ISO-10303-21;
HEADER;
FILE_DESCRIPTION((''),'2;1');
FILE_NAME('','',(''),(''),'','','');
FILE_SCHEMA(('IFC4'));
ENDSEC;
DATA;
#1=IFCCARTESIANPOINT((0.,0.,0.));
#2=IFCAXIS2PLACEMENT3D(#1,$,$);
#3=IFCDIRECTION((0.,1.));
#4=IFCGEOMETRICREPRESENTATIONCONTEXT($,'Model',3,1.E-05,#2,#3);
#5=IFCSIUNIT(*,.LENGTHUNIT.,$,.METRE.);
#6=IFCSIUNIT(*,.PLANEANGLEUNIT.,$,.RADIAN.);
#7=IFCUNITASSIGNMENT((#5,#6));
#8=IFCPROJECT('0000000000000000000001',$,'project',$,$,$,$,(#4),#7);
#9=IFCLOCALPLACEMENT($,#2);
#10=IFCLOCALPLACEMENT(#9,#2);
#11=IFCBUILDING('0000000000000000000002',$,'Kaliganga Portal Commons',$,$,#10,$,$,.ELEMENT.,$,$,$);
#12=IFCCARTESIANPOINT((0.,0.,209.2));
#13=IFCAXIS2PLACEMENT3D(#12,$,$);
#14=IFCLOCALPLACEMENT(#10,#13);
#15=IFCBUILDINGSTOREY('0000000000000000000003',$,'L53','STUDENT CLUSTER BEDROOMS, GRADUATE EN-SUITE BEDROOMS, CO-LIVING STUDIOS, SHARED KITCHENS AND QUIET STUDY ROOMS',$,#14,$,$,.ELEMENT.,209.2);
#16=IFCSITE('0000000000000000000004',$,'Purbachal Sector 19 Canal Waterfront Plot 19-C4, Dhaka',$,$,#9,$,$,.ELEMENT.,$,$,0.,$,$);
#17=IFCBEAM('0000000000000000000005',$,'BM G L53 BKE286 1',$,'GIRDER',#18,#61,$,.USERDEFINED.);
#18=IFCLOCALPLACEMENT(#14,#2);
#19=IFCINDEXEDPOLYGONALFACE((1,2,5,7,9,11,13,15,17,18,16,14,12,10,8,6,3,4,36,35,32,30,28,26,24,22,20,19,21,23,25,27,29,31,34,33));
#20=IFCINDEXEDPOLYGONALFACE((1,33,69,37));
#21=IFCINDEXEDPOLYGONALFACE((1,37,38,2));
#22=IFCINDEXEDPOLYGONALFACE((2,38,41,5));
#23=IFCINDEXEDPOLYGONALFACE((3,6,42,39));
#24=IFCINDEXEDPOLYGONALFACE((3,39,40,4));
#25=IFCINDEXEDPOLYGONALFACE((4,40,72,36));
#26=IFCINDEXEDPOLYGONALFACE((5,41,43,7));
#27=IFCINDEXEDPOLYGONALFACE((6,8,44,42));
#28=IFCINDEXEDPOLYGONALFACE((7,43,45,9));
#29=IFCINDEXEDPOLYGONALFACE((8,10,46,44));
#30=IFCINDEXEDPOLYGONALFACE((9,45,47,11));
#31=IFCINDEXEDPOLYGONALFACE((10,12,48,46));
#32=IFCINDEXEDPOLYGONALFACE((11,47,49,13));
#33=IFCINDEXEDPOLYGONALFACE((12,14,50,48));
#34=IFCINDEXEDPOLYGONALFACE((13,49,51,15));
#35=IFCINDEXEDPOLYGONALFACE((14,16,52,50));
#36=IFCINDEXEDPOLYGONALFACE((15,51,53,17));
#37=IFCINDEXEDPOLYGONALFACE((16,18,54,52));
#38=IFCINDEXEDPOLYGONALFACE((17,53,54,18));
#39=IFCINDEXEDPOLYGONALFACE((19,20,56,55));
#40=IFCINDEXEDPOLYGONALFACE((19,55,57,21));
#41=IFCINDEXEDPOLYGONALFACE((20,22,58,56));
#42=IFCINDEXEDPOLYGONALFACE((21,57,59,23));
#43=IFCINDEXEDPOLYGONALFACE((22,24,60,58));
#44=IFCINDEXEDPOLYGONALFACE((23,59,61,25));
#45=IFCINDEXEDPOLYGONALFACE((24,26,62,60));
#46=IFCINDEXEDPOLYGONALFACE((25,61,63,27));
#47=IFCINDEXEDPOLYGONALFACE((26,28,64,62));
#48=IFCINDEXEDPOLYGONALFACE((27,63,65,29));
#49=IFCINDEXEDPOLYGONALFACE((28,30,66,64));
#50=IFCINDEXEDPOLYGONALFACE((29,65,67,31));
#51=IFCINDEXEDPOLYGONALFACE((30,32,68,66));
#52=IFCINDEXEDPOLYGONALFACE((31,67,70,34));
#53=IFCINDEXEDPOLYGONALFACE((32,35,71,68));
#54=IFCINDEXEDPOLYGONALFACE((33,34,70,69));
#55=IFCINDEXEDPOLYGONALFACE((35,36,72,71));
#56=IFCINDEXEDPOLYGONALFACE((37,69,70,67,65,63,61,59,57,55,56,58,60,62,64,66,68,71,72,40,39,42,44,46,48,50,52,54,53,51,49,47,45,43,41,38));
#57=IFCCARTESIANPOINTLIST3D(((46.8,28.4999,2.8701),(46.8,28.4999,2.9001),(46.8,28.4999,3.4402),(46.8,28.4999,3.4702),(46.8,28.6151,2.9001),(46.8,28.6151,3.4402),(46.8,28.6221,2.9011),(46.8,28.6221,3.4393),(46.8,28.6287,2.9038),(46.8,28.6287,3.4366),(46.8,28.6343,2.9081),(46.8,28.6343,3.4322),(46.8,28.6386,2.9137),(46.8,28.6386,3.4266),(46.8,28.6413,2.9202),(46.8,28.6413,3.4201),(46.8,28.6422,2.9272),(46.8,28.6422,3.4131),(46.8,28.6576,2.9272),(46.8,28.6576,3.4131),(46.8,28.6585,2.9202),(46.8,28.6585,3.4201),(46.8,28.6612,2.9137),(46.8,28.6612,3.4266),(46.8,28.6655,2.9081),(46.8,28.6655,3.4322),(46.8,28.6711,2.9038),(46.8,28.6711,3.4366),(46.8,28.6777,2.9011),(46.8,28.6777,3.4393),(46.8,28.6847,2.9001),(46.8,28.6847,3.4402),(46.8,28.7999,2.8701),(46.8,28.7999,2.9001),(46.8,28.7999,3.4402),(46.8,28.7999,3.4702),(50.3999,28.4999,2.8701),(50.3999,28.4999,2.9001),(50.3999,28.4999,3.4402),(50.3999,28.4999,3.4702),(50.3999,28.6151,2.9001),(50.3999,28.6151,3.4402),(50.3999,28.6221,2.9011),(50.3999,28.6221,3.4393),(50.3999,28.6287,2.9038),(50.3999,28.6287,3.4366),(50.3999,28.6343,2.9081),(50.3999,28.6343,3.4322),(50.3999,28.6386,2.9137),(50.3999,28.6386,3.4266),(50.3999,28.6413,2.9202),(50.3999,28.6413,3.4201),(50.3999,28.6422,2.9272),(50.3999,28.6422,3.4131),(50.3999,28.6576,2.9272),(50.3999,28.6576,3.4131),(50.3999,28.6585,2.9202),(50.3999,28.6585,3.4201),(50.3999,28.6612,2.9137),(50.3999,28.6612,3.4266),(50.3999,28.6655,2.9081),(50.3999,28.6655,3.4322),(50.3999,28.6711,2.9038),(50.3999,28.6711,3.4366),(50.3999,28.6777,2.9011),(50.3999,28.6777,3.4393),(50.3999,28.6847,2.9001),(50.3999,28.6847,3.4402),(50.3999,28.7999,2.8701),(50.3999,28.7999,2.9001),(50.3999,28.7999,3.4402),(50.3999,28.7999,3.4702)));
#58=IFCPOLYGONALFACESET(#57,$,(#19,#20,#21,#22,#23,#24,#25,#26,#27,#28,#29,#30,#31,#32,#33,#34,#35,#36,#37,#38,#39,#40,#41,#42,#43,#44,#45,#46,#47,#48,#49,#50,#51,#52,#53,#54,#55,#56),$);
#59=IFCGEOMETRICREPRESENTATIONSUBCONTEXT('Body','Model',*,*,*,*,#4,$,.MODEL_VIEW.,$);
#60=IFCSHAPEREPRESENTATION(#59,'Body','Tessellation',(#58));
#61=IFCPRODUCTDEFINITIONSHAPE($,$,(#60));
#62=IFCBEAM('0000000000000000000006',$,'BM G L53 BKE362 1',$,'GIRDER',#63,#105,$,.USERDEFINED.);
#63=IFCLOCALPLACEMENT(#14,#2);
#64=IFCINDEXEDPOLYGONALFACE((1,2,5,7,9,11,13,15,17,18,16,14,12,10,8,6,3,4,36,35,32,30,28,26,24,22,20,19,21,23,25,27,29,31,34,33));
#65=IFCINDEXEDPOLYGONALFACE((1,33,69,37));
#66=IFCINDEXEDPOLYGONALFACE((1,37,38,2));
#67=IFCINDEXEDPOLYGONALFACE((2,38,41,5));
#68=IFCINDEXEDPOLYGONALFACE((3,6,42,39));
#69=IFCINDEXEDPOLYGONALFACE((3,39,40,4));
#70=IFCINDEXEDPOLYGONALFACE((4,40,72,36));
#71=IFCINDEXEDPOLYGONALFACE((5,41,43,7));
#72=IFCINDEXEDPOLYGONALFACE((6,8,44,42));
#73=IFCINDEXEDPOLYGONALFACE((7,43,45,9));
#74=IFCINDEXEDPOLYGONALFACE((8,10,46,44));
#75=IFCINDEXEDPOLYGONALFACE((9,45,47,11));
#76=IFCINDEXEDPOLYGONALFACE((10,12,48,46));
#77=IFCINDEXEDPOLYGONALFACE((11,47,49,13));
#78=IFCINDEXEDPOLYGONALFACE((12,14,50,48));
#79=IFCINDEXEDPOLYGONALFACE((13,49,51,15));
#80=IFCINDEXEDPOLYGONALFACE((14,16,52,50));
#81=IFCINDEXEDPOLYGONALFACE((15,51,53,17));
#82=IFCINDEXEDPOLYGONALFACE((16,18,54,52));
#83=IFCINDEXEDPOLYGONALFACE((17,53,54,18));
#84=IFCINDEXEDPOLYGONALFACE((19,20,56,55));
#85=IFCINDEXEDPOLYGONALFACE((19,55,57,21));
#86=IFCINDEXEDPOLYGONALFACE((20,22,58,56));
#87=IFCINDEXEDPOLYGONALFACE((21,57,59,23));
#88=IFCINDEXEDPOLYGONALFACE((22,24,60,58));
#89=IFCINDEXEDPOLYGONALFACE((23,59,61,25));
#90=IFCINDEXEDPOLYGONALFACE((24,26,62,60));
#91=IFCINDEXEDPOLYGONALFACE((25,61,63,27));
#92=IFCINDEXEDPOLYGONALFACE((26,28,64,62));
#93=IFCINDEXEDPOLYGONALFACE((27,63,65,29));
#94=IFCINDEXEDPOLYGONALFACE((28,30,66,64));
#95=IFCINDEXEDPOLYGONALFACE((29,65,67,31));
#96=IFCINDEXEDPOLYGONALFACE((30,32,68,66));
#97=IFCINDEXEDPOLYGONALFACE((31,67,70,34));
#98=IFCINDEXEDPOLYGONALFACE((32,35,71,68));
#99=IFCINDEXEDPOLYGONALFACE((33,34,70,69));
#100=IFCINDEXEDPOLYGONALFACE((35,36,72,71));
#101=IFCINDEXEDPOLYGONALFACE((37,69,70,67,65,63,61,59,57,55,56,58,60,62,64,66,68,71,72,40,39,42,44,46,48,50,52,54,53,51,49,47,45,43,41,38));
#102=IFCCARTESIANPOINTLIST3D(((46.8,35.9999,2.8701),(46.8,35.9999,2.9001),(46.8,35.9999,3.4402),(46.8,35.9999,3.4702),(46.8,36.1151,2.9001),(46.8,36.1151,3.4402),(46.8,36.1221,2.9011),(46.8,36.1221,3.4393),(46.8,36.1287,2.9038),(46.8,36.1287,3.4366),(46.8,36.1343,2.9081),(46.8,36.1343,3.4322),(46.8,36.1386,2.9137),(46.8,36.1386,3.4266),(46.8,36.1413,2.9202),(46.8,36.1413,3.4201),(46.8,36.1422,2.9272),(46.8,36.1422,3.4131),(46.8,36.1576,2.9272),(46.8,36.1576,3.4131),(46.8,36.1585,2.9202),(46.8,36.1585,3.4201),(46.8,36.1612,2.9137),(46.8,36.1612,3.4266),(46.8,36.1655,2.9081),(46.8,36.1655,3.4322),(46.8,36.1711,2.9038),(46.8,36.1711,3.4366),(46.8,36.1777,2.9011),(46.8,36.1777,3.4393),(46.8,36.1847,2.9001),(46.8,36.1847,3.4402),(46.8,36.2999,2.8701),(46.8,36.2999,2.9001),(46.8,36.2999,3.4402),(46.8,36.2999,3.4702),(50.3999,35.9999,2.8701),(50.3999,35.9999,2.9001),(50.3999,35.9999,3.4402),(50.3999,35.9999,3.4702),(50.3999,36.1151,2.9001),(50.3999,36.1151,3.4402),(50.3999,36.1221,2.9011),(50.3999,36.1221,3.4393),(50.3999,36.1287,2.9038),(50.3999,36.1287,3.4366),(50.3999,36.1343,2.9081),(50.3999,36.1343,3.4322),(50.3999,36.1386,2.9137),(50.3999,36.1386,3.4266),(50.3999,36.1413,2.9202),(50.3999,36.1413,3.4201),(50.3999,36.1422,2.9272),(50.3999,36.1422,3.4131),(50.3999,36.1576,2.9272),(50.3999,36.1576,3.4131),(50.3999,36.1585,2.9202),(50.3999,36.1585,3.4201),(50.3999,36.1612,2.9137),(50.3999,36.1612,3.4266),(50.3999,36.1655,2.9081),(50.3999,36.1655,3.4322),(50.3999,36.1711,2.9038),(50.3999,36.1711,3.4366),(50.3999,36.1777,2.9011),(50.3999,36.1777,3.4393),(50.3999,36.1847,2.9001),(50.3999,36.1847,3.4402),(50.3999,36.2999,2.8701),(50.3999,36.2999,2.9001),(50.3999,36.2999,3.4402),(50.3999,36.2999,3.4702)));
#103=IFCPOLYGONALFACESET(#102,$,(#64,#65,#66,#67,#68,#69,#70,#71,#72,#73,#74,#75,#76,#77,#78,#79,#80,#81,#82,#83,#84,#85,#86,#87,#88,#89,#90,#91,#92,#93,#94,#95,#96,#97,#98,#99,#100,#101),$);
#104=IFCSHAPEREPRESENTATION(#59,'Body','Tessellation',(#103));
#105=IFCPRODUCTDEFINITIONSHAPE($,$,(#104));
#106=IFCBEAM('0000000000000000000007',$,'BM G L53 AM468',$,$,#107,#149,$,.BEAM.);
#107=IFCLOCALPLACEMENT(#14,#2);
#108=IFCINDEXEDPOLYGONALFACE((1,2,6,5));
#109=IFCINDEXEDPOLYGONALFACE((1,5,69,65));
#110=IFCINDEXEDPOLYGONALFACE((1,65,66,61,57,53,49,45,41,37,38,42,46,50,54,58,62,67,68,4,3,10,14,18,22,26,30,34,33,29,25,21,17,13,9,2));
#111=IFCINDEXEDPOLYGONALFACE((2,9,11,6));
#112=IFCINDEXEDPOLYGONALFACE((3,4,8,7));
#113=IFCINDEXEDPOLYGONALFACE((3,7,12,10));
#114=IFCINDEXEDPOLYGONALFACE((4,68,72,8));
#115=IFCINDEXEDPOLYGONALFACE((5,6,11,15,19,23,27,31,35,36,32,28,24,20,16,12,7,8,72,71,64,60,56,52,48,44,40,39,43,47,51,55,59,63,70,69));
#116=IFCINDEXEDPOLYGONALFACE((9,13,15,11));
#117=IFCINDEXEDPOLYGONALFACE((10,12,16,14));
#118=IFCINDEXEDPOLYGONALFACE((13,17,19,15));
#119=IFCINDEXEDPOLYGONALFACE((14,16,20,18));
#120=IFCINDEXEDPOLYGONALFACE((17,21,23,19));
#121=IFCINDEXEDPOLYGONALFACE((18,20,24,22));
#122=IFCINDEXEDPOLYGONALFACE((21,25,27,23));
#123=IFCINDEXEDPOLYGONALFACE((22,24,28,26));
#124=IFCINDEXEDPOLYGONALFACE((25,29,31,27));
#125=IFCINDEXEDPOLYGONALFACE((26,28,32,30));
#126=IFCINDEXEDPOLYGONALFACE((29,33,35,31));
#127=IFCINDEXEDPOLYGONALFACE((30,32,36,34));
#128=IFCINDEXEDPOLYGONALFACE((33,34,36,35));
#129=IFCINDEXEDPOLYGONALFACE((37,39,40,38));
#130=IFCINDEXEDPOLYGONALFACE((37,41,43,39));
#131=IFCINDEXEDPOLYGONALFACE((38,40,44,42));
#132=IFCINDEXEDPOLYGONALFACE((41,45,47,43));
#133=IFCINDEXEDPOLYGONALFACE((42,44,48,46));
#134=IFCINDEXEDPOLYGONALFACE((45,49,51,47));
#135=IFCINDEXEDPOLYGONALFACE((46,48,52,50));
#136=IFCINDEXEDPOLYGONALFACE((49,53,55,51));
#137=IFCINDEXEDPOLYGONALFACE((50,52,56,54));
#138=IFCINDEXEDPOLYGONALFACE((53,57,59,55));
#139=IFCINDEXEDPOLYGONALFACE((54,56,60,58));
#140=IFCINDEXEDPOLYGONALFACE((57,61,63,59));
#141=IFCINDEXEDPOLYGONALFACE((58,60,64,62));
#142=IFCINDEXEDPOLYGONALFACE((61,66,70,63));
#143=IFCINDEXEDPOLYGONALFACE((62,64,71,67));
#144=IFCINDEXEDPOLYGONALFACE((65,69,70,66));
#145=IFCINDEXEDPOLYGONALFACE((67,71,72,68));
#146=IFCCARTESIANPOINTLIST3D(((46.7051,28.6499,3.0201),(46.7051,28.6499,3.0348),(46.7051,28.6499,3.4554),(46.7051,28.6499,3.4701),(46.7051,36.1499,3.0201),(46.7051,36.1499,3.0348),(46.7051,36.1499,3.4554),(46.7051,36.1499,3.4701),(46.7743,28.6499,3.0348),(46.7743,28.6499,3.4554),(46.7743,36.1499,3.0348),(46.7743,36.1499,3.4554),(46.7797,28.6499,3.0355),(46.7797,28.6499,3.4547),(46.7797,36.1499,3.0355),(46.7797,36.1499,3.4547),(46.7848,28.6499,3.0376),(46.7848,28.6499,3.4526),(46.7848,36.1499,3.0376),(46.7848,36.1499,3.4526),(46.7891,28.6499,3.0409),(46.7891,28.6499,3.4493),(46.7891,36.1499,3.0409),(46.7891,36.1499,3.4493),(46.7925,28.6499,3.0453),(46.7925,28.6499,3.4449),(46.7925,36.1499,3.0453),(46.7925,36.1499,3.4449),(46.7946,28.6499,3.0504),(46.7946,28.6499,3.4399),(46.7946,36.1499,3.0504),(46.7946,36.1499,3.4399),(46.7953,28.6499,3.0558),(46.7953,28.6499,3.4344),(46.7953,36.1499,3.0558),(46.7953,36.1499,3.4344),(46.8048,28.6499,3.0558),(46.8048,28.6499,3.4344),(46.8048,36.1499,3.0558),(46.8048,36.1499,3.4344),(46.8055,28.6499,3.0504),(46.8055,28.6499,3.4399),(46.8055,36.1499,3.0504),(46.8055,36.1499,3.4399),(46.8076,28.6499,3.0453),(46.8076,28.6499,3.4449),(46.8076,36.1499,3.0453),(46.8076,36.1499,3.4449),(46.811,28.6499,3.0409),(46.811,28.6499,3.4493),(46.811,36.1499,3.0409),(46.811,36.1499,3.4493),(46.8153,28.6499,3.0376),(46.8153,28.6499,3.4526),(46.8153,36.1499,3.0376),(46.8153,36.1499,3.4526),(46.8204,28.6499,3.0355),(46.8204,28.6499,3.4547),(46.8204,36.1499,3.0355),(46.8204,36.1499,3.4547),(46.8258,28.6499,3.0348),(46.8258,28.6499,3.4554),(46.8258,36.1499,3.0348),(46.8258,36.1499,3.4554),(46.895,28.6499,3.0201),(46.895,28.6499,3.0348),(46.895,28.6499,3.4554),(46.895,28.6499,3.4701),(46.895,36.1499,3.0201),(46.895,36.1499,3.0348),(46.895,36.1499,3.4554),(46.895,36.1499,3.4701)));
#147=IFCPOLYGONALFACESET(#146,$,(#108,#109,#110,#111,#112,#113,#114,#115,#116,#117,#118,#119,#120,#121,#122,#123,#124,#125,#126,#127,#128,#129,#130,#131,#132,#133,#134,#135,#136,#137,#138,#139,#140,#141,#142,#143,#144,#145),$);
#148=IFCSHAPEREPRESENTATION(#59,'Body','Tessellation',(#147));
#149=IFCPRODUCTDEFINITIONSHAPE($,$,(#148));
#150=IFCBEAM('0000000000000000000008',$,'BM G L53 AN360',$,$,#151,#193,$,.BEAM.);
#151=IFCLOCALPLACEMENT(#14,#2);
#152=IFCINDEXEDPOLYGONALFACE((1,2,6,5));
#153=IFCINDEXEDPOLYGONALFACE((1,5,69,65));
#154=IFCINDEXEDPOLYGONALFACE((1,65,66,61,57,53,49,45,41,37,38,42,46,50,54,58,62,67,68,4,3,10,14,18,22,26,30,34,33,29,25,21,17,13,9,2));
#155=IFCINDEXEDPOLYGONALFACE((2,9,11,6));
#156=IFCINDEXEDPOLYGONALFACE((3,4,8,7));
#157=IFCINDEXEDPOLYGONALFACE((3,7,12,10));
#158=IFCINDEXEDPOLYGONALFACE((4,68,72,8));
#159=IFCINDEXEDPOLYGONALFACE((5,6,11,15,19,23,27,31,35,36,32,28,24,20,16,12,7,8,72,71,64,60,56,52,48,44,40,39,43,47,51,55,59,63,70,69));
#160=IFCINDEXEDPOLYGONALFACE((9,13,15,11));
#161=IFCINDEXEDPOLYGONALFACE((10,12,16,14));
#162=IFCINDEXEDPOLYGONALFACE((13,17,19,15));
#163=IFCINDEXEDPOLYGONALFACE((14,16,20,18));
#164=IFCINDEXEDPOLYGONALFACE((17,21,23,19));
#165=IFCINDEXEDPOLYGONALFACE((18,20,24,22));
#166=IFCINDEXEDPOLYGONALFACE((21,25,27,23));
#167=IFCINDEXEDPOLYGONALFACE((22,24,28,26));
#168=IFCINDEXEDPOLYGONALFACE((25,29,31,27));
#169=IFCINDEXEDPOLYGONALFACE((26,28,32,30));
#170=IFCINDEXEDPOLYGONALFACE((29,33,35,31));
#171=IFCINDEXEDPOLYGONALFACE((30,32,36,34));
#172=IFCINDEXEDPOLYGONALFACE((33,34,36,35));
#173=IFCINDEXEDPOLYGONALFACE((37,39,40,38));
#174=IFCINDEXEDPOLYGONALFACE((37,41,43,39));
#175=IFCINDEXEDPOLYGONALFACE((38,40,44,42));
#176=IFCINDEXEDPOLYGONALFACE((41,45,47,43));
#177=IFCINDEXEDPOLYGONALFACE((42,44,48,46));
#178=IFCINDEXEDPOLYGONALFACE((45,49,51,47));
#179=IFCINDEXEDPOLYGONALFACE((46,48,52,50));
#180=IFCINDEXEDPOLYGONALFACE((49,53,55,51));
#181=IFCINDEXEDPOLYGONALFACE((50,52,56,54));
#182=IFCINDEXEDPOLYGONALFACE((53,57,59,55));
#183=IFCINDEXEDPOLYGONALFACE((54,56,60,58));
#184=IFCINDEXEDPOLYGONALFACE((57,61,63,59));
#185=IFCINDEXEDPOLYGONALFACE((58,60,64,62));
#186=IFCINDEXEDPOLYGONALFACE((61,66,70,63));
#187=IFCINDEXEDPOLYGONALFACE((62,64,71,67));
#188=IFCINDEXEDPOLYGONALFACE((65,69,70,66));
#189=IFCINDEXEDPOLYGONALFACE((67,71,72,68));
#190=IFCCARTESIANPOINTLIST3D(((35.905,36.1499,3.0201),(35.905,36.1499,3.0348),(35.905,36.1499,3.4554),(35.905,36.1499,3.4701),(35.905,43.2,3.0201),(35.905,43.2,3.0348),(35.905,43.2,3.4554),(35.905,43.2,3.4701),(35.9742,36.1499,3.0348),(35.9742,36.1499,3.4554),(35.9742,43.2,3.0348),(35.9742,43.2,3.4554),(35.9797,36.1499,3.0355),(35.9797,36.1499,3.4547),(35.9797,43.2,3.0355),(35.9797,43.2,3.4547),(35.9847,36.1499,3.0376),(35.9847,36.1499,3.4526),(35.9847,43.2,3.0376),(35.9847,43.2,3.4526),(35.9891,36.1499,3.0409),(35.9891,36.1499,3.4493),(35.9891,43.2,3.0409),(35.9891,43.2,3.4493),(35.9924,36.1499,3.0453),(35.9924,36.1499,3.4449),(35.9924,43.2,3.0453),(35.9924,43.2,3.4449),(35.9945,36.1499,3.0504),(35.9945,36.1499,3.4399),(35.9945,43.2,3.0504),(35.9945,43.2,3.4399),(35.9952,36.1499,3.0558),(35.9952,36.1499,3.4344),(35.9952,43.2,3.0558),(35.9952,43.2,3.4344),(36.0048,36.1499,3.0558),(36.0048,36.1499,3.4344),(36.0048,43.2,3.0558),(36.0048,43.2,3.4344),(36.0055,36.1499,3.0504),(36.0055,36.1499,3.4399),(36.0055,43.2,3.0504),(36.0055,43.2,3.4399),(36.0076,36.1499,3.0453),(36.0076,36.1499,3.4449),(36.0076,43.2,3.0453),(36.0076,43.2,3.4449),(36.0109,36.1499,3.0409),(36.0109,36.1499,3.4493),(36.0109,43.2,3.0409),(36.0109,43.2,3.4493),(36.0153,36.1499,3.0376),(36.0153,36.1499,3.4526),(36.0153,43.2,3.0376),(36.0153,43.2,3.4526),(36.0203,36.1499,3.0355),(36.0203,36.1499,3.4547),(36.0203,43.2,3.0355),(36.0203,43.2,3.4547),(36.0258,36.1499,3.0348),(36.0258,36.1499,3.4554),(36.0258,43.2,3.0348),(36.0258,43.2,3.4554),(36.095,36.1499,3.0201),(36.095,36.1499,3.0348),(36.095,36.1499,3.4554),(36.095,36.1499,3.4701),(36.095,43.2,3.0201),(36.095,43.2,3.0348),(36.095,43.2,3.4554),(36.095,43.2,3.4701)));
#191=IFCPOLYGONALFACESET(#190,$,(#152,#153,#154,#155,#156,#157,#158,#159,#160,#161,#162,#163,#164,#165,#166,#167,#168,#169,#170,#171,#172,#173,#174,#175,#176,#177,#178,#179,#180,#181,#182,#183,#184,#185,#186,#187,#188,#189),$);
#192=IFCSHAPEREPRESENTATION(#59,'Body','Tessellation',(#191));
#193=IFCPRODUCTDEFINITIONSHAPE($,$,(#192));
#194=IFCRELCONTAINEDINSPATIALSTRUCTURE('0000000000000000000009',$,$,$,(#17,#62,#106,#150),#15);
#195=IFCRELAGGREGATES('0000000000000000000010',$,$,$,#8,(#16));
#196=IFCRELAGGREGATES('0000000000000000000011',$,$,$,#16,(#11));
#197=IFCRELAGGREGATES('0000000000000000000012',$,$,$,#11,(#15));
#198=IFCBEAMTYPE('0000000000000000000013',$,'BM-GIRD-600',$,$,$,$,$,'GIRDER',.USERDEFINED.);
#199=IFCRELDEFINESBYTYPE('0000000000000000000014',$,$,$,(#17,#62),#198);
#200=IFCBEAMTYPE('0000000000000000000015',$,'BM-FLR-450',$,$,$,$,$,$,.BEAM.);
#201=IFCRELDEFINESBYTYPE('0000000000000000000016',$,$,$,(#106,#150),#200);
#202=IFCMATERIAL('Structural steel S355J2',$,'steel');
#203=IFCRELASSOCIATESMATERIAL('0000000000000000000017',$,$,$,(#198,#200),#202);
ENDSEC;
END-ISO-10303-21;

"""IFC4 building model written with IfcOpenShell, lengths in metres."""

from ifc_helpers import new_model, si_unit, direction, frame, origin, origin_2d, place, context, subcontext, project, spatial, i_section, extrude, source, transform, mapped, material, material_profile, profile_set, type_object, element, save


model = new_model("IFC4")

# Units and contexts
model_context = context("Model", 3, precision=1e-05, world=origin(), true_north=direction((0.0, 1.0)))
body_context = subcontext(model_context, "Body", "Model", "MODEL_VIEW")
ifc_project = project(units=[si_unit("LENGTHUNIT", "METRE"), si_unit("PLANEANGLEUNIT", "RADIAN")], contexts=[model_context])

# Site, building, storey
site_placement = place(None, origin())
site = spatial("IfcSite", under=ifc_project, at=site_placement, Name="Purbachal Sector 19 Canal Waterfront Plot 19-C4, Dhaka", CompositionType="ELEMENT", RefElevation=0.0)
building_placement = place(site_placement, origin())
building = spatial("IfcBuilding", under=site, at=building_placement, Name="Kaliganga Portal Commons", CompositionType="ELEMENT")
storey_placement = place(building_placement, frame((0.0, 0.0, 209.2)))
storey = spatial("IfcBuildingStorey", under=building, at=storey_placement, Name="L53", Description="STUDENT CLUSTER BEDROOMS, GRADUATE EN-SUITE BEDROOMS, CO-LIVING STUDIOS, SHARED KITCHENS AND QUIET STUDY ROOMS", CompositionType="ELEMENT", Elevation=209.2)

# Beams
ifc_material_1 = material(Name="Structural steel S355J2", Category="steel")
ifc_material_profile_1 = material_profile(ifc_material_1, i_section(OverallWidth=0.3, OverallDepth=0.6001, WebThickness=0.0154, FlangeThickness=0.03, FilletRadius=0.0271, at=origin_2d()), Name="HE 600 B")
ifc_profile_set_1 = profile_set([ifc_material_profile_1], Name="Structural steel S355J2 wide-flange")
beam_type_1 = type_object("IfcBeamType", Name="BM-GIRD-600", ElementType="GIRDER", PredefinedType="USERDEFINED", material=ifc_profile_set_1)
shared_shape_1 = source(origin(), body_context, "Body", "SweptSolid", [
    extrude(i_section(OverallWidth=0.3, OverallDepth=0.6001, WebThickness=0.0154, FlangeThickness=0.03, FilletRadius=0.0271, at=origin_2d()), origin(), (0.0, 0.0, 1.0), 3.5999),
])
for number, where, z_axis, x_axis, name in (
    (1, (46.8, 28.6499, 3.1702), (1.0, 0.0, 0.0), (0.0, 1.0, 0.0), "BM G L53 BKE286 1"),
    (2, (46.8, 36.1499, 3.1702), (1.0, 0.0, 0.0), (0.0, 1.0, 0.0), "BM G L53 BKE362 1"),
):
    element("IfcBeam", number, at=place(storey_placement, frame(where, z_axis=z_axis, x_axis=x_axis)), inside=storey, type_object=beam_type_1, Name=name, ObjectType="GIRDER", PredefinedType="USERDEFINED", context=body_context, shape_type="MappedRepresentation", body=[
        mapped(shared_shape_1, transform((0.0, 0.0, 0.0), x_axis=(1.0, 0.0, 0.0), y_axis=(0.0, 1.0, 0.0), z_axis=(0.0, 0.0, 1.0), scale=1.0)),
    ])
ifc_material_profile_2 = material_profile(ifc_material_1, i_section(OverallWidth=0.1899, OverallDepth=0.45, WebThickness=0.0095, FlangeThickness=0.0146, FilletRadius=0.021, at=origin_2d()), Name="IPE 450")
ifc_profile_set_2 = profile_set([ifc_material_profile_2], Name="Structural steel S355J2 wide-flange")
beam_type_2 = type_object("IfcBeamType", Name="BM-FLR-450", PredefinedType="BEAM", material=ifc_profile_set_2)
shared_shape_2 = source(origin(), body_context, "Body", "SweptSolid", [
    extrude(i_section(OverallWidth=0.1899, OverallDepth=0.45, WebThickness=0.0095, FlangeThickness=0.0146, FilletRadius=0.021, at=origin_2d()), origin(), (0.0, 0.0, 1.0), 7.5),
])
beam_1_placement = place(storey_placement, frame((46.8, 28.6499, 3.2451), z_axis=(0.0, 1.0, 0.0), x_axis=(-1.0, 0.0, 0.0)))
element("IfcBeam", 3, at=beam_1_placement, inside=storey, type_object=beam_type_2, Name="BM G L53 AM468", PredefinedType="BEAM", context=body_context, shape_type="MappedRepresentation", body=[
    mapped(shared_shape_2, transform((0.0, 0.0, 0.0), x_axis=(1.0, 0.0, 0.0), y_axis=(0.0, 1.0, 0.0), z_axis=(0.0, 0.0, 1.0), scale=1.0)),
])
shared_shape_3 = source(origin(), body_context, "Body", "SweptSolid", [
    extrude(i_section(OverallWidth=0.1899, OverallDepth=0.45, WebThickness=0.0095, FlangeThickness=0.0146, FilletRadius=0.021, at=origin_2d()), origin(), (0.0, 0.0, 1.0), 7.05),
])
for number, where, z_axis, x_axis, name in (
    (4, (36.0, 36.1499, 3.2451), (0.0, 1.0, 0.0), (-1.0, 0.0, 0.0), "BM G L53 AN360"),
):
    element("IfcBeam", number, at=place(storey_placement, frame(where, z_axis=z_axis, x_axis=x_axis)), inside=storey, type_object=beam_type_2, Name=name, PredefinedType="BEAM", context=body_context, shape_type="MappedRepresentation", body=[
        mapped(shared_shape_3, transform((0.0, 0.0, 0.0), x_axis=(1.0, 0.0, 0.0), y_axis=(0.0, 1.0, 0.0), z_axis=(0.0, 0.0, 1.0), scale=1.0)),
    ])

save(model, "model.ifc")
